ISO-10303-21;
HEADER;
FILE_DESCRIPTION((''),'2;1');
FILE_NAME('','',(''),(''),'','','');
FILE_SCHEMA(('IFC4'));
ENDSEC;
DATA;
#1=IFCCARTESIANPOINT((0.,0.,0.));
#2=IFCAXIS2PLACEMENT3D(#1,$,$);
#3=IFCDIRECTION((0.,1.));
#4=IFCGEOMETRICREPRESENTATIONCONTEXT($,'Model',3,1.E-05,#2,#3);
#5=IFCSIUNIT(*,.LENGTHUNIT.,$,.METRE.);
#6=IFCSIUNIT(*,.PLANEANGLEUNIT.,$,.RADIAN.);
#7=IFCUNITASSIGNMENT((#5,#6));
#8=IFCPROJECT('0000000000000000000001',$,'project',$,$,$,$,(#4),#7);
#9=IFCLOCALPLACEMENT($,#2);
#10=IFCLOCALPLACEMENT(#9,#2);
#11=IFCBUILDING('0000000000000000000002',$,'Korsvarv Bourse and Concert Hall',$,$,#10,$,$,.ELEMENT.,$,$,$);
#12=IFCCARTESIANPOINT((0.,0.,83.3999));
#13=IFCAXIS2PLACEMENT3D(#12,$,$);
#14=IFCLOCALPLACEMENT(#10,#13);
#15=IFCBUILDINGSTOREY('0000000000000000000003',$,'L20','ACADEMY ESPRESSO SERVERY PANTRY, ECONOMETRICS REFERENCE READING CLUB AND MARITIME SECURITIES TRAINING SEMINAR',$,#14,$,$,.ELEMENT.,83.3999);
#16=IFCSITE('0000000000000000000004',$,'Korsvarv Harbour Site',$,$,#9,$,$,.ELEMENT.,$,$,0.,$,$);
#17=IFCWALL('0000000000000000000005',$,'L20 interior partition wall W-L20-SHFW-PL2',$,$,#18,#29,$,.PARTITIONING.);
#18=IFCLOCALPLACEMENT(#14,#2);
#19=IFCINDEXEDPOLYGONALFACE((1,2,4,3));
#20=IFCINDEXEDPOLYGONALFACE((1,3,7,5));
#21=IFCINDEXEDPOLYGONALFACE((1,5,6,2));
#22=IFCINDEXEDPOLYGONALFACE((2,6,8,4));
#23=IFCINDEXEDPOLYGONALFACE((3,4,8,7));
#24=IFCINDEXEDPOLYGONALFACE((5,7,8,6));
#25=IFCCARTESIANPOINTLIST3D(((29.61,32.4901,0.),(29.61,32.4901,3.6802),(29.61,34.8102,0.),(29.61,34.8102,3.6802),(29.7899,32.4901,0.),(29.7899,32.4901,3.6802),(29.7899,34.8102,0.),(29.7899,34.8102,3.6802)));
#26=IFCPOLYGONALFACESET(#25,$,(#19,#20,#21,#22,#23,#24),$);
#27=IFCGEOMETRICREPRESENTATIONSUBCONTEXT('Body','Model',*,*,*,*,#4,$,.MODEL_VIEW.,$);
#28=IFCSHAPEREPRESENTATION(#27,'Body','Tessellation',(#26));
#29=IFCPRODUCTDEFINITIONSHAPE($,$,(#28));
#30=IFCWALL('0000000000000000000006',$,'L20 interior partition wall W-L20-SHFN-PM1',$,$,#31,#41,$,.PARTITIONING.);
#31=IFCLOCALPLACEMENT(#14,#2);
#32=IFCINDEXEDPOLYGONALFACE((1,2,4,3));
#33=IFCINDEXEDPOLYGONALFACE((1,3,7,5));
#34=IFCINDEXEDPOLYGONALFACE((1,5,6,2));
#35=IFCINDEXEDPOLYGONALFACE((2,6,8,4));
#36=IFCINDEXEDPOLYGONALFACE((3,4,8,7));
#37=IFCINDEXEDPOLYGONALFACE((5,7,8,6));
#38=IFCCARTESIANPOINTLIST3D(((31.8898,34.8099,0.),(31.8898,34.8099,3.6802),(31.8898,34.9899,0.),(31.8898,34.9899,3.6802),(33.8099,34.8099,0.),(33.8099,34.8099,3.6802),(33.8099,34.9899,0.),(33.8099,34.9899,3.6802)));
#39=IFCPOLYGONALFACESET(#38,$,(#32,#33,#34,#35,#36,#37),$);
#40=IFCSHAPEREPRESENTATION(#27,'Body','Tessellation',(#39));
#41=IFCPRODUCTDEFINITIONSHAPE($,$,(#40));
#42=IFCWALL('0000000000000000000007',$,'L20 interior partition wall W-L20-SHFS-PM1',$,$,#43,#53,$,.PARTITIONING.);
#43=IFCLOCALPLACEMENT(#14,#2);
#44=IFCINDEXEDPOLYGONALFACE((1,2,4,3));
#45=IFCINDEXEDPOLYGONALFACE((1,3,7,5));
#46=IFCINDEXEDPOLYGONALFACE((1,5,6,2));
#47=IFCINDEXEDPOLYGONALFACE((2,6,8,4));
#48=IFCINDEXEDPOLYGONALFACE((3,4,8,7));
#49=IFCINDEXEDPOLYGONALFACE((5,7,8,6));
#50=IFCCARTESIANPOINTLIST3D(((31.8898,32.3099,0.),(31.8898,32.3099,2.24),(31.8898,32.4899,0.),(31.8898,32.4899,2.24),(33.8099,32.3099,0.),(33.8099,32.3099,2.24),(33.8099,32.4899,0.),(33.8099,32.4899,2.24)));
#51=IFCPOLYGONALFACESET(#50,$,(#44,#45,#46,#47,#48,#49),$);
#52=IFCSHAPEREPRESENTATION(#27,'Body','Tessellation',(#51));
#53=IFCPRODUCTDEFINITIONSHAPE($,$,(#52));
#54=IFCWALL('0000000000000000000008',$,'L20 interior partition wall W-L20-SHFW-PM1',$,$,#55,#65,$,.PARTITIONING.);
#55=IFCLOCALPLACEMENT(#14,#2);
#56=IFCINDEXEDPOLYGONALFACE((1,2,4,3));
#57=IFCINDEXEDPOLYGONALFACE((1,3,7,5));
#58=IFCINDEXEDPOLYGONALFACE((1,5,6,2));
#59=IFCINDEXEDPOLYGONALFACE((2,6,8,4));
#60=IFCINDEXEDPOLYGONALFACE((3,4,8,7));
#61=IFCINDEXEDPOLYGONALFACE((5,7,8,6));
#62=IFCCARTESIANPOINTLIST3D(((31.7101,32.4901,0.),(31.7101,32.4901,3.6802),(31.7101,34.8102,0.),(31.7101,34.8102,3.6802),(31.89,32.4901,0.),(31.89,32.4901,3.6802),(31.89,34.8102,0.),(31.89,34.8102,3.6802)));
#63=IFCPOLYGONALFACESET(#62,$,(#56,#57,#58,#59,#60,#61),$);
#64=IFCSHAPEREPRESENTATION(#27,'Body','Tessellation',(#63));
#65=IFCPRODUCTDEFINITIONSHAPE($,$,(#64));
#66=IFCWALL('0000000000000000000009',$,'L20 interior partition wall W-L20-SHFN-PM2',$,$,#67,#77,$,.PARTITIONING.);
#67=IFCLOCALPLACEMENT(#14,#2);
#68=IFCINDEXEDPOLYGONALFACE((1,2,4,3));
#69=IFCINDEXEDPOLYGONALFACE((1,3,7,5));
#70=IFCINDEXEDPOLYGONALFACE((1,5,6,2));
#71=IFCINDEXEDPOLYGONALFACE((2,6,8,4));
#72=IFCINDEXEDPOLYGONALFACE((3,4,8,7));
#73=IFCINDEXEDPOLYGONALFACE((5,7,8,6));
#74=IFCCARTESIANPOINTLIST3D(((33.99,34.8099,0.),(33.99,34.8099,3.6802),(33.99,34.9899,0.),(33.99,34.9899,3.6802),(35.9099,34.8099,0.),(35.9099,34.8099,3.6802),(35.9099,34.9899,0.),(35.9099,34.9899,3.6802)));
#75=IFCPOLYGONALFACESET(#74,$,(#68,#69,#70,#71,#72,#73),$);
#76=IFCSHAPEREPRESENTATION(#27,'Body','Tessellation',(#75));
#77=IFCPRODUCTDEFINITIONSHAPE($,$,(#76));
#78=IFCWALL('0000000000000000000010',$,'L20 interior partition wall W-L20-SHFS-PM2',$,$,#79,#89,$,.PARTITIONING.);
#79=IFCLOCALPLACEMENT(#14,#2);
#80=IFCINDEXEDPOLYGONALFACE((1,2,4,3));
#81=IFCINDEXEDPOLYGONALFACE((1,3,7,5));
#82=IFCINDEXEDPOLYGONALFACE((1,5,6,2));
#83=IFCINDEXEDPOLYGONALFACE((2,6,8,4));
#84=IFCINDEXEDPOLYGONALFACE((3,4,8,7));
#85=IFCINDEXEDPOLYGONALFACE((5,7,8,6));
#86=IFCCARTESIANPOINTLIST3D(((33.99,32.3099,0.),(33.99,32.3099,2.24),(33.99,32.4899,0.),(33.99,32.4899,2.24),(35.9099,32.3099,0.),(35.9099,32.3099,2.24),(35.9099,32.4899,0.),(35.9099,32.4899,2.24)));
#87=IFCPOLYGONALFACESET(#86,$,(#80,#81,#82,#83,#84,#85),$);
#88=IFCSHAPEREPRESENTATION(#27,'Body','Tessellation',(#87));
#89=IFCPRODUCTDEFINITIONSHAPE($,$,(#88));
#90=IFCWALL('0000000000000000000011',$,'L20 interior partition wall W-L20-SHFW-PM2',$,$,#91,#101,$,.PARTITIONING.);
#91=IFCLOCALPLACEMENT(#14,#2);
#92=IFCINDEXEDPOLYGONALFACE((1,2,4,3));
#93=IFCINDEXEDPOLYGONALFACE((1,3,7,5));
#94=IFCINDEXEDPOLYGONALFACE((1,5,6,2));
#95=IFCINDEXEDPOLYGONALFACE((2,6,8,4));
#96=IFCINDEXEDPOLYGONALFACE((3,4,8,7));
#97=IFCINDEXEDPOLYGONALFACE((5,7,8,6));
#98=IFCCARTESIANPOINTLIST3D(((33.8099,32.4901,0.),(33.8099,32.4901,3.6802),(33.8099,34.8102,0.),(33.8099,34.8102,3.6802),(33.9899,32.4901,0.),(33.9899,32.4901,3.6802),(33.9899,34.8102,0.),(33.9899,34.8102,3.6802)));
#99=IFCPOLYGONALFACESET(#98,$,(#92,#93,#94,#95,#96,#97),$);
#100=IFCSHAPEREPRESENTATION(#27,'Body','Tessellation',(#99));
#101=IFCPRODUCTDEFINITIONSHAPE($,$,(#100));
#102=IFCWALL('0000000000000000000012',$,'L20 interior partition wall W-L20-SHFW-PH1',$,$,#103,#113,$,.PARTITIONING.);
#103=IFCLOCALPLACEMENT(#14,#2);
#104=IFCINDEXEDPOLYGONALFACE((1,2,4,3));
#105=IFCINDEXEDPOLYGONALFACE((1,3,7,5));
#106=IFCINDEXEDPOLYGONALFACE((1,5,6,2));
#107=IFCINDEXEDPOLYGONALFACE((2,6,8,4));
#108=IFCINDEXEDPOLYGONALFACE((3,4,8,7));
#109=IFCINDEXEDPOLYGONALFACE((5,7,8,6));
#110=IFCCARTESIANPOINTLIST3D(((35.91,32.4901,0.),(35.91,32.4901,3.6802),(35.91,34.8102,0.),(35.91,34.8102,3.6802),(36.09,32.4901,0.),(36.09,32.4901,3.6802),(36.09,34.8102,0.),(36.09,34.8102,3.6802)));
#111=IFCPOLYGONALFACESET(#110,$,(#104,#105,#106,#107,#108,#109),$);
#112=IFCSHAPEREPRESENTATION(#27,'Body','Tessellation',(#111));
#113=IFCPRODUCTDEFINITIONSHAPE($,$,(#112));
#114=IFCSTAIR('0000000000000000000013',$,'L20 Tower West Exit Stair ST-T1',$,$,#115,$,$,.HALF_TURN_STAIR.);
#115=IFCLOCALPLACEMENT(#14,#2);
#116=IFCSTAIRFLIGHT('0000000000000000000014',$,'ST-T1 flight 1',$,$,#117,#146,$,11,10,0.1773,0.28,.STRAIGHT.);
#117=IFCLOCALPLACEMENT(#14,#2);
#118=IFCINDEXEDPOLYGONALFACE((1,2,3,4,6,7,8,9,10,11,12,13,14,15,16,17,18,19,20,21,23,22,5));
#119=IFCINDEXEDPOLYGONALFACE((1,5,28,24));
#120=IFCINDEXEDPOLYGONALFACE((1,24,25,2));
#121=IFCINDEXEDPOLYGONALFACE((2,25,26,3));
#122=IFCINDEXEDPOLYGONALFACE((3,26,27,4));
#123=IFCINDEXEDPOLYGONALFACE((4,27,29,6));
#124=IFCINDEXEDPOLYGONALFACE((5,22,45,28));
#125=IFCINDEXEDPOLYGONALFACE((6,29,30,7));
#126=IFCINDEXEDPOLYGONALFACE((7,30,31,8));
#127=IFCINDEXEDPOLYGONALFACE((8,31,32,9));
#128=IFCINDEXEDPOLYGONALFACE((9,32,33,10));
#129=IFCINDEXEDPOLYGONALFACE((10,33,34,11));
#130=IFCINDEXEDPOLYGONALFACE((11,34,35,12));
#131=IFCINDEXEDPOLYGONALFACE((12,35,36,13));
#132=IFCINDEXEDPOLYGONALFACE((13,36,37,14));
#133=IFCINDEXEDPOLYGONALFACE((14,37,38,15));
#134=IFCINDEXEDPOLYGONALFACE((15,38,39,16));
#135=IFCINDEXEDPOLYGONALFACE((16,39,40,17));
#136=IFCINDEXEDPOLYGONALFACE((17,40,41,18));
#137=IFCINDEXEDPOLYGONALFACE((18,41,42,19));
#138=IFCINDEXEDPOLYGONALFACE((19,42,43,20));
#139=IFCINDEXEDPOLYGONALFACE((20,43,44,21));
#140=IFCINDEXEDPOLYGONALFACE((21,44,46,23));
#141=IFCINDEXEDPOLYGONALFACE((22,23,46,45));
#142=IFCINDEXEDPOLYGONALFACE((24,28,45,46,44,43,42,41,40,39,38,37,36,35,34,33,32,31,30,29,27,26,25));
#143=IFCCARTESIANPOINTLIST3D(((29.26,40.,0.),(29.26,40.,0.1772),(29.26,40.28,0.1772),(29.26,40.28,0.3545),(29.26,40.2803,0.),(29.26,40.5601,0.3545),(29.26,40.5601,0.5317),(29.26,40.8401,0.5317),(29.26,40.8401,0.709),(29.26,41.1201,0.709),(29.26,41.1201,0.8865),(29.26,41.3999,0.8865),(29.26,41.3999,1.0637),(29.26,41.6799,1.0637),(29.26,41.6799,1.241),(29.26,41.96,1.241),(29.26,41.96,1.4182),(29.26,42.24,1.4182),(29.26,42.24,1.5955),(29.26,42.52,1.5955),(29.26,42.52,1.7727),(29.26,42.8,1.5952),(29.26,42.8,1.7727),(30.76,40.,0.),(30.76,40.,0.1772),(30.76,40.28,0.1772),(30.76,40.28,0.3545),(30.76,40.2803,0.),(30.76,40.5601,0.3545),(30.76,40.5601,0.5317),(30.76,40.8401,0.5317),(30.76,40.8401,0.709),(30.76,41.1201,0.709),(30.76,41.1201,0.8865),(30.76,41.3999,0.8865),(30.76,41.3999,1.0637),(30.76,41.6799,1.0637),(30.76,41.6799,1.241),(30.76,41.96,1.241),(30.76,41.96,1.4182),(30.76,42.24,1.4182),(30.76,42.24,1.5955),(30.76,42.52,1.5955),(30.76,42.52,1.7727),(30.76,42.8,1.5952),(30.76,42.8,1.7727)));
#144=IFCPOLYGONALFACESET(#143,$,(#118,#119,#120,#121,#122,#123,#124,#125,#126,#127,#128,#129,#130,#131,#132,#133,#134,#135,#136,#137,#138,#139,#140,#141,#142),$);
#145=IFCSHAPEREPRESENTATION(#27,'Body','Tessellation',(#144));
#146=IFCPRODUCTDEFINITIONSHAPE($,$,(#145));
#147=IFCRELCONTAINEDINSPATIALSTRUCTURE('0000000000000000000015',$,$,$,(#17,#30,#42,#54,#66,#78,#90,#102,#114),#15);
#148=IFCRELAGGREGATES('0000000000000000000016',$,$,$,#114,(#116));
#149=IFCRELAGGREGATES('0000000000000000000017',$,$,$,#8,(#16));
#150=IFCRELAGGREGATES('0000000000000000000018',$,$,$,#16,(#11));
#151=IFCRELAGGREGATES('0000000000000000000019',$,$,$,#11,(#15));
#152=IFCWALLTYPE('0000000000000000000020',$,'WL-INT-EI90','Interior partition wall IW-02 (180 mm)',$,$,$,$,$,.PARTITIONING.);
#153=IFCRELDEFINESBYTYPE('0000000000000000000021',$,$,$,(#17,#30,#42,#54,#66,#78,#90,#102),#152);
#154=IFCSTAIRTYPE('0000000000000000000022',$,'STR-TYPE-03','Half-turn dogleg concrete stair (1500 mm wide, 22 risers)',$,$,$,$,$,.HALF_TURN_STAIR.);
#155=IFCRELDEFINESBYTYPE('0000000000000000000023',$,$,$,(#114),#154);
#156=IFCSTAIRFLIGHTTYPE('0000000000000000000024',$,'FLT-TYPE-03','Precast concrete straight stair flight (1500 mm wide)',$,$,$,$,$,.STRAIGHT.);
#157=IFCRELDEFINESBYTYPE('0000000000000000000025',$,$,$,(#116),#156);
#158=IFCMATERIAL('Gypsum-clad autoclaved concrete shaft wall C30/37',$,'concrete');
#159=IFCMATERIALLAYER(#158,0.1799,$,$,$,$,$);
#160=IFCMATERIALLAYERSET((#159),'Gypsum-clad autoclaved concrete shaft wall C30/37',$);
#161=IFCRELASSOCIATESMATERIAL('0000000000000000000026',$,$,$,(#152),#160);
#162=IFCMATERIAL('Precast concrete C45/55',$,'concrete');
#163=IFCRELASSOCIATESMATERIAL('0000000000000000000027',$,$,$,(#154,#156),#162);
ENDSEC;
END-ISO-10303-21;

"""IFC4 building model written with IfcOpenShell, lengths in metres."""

from ifc_helpers import new_model, si_unit, direction, frame, frame_2d, origin, place, context, subcontext, project, spatial, polyline, rectangle, outline, extrude, material, layer, layer_set, type_object, element, aggregate, save


model = new_model("IFC4")

# Units and contexts
model_context = context("Model", 3, precision=1e-05, world=origin(), true_north=direction((0.0, 1.0)))
body_context = subcontext(model_context, "Body", "Model", "MODEL_VIEW")
ifc_project = project(units=[si_unit("LENGTHUNIT", "METRE"), si_unit("PLANEANGLEUNIT", "RADIAN")], contexts=[model_context])

# Site, building, storey
site_placement = place(None, origin())
site = spatial("IfcSite", under=ifc_project, at=site_placement, Name="Korsvarv Harbour Site", CompositionType="ELEMENT", RefElevation=0.0)
building_placement = place(site_placement, origin())
building = spatial("IfcBuilding", under=site, at=building_placement, Name="Korsvarv Bourse and Concert Hall", CompositionType="ELEMENT")
storey_placement = place(building_placement, frame((0.0, 0.0, 83.3999)))
storey = spatial("IfcBuildingStorey", under=building, at=storey_placement, Name="L20", Description="ACADEMY ESPRESSO SERVERY PANTRY, ECONOMETRICS REFERENCE READING CLUB AND MARITIME SECURITIES TRAINING SEMINAR", CompositionType="ELEMENT", Elevation=83.3999)

# Shared definitions
ifc_material_1 = material(Name="Gypsum-clad autoclaved concrete shaft wall C30/37", Category="concrete")
ifc_layer_1 = layer(ifc_material_1, 0.1799)
ifc_layer_set_1 = layer_set([ifc_layer_1], Name="Gypsum-clad autoclaved concrete shaft wall C30/37")
wall_type_1 = type_object("IfcWallType", Name="WL-INT-EI90", Description="Interior partition wall IW-02 (180 mm)", PredefinedType="PARTITIONING", material=ifc_layer_set_1)

# Walls
wall_1_placement = place(storey_placement, frame((29.7, 32.49, 0.0), z_axis=(0.0, 0.0, 1.0), x_axis=(0.0, 1.0, 0.0)))
element("IfcWall", 1, at=wall_1_placement, inside=storey, type_object=wall_type_1, Name="L20 interior partition wall W-L20-SHFW-PL2", PredefinedType="PARTITIONING", context=body_context, shape_type="SweptSolid", body=[
    extrude(rectangle(XDim=2.3201, YDim=0.1799, at=frame_2d((1.1602, 0.0))), origin(), (0.0, 0.0, 1.0), 3.6802),
])
wall_2_placement = place(storey_placement, frame((31.8899, 34.8999, 0.0), z_axis=(0.0, 0.0, 1.0), x_axis=(1.0, 0.0, 0.0)))
element("IfcWall", 2, at=wall_2_placement, inside=storey, type_object=wall_type_1, Name="L20 interior partition wall W-L20-SHFN-PM1", PredefinedType="PARTITIONING", context=body_context, shape_type="SweptSolid", body=[
    extrude(rectangle(XDim=1.9202, YDim=0.1799, at=frame_2d((0.96, 0.0))), origin(), (0.0, 0.0, 1.0), 3.6802),
])
wall_3_placement = place(storey_placement, frame((31.8899, 32.3999, 0.0), z_axis=(0.0, 0.0, 1.0), x_axis=(1.0, 0.0, 0.0)))
element("IfcWall", 3, at=wall_3_placement, inside=storey, type_object=wall_type_1, Name="L20 interior partition wall W-L20-SHFS-PM1", PredefinedType="PARTITIONING", context=body_context, shape_type="SweptSolid", body=[
    extrude(rectangle(XDim=1.9202, YDim=0.1799, at=frame_2d((0.96, 0.0))), origin(), (0.0, 0.0, 1.0), 2.24),
])
wall_4_placement = place(storey_placement, frame((31.8, 32.49, 0.0), z_axis=(0.0, 0.0, 1.0), x_axis=(0.0, 1.0, 0.0)))
element("IfcWall", 4, at=wall_4_placement, inside=storey, type_object=wall_type_1, Name="L20 interior partition wall W-L20-SHFW-PM1", PredefinedType="PARTITIONING", context=body_context, shape_type="SweptSolid", body=[
    extrude(rectangle(XDim=2.3201, YDim=0.1799, at=frame_2d((1.1602, 0.0))), origin(), (0.0, 0.0, 1.0), 3.6802),
])
wall_5_placement = place(storey_placement, frame((33.99, 34.8999, 0.0), z_axis=(0.0, 0.0, 1.0), x_axis=(1.0, 0.0, 0.0)))
element("IfcWall", 5, at=wall_5_placement, inside=storey, type_object=wall_type_1, Name="L20 interior partition wall W-L20-SHFN-PM2", PredefinedType="PARTITIONING", context=body_context, shape_type="SweptSolid", body=[
    extrude(rectangle(XDim=1.9199, YDim=0.1799, at=frame_2d((0.96, 0.0))), origin(), (0.0, 0.0, 1.0), 3.6802),
])
wall_6_placement = place(storey_placement, frame((33.99, 32.3999, 0.0), z_axis=(0.0, 0.0, 1.0), x_axis=(1.0, 0.0, 0.0)))
element("IfcWall", 6, at=wall_6_placement, inside=storey, type_object=wall_type_1, Name="L20 interior partition wall W-L20-SHFS-PM2", PredefinedType="PARTITIONING", context=body_context, shape_type="SweptSolid", body=[
    extrude(rectangle(XDim=1.9199, YDim=0.1799, at=frame_2d((0.96, 0.0))), origin(), (0.0, 0.0, 1.0), 2.24),
])
for number, where, z_axis, x_axis, name in (
    (7, (33.8999, 32.49, 0.0), (0.0, 0.0, 1.0), (0.0, 1.0, 0.0), "L20 interior partition wall W-L20-SHFW-PM2"),
    (8, (36.0, 32.49, 0.0), (0.0, 0.0, 1.0), (0.0, 1.0, 0.0), "L20 interior partition wall W-L20-SHFW-PH1"),
):
    element("IfcWall", number, at=place(storey_placement, frame(where, z_axis=z_axis, x_axis=x_axis)), inside=storey, type_object=wall_type_1, Name=name, PredefinedType="PARTITIONING", context=body_context, shape_type="SweptSolid", body=[
        extrude(rectangle(XDim=2.3201, YDim=0.1799, at=frame_2d((1.1602, 0.0))), origin(), (0.0, 0.0, 1.0), 3.6802),
    ])

# Stair, stair flight
ifc_material_2 = material(Name="Precast concrete C45/55", Category="concrete")
stair_type = type_object("IfcStairType", Name="STR-TYPE-03", Description="Half-turn dogleg concrete stair (1500 mm wide, 22 risers)", PredefinedType="HALF_TURN_STAIR", material=ifc_material_2)
stair_placement = place(storey_placement, origin())
stair = element("IfcStair", 9, at=stair_placement, inside=storey, type_object=stair_type, Name="L20 Tower West Exit Stair ST-T1", PredefinedType="HALF_TURN_STAIR")
stair_flight_type = type_object("IfcStairFlightType", Name="FLT-TYPE-03", Description="Precast concrete straight stair flight (1500 mm wide)", PredefinedType="STRAIGHT", material=ifc_material_2)
stair_flight_placement = place(storey_placement, frame((30.01, 40.0, 0.0), z_axis=(0.0, 0.0, 1.0), x_axis=(0.0, 1.0, 0.0)))
stair_flight = element("IfcStairFlight", 10, at=stair_flight_placement, type_object=stair_flight_type, Name="ST-T1 flight 1", NumberOfRisers=11, NumberOfTreads=10, PredefinedType="STRAIGHT", RiserHeight=0.1773, TreadLength=0.28, context=body_context, shape_type="SweptSolid", body=[
    extrude(outline(polyline([(0.0, 0.0), (0.0, 0.1772), (0.28, 0.1772), (0.28, 0.3545), (0.5601, 0.3545), (0.5601, 0.5317), (0.8401, 0.5317), (0.8401, 0.709), (1.1201, 0.709), (1.1201, 0.8865), (1.3999, 0.8865), (1.3999, 1.0637), (1.6799, 1.0637), (1.6799, 1.241), (1.96, 1.241), (1.96, 1.4182), (2.24, 1.4182), (2.24, 1.5955), (2.52, 1.5955), (2.52, 1.7727), (2.8, 1.7727), (2.8, 1.95), (2.8, 1.5952), (0.2803, 0.0), (0.0, 0.0)])), frame((0.0, 0.75, 0.0), z_axis=(0.0, -1.0, 0.0), x_axis=(1.0, 0.0, 0.0)), (0.0, 0.0, 1.0), 1.5),
])
aggregate(stair, [stair_flight])

save(model, "model.ifc")
